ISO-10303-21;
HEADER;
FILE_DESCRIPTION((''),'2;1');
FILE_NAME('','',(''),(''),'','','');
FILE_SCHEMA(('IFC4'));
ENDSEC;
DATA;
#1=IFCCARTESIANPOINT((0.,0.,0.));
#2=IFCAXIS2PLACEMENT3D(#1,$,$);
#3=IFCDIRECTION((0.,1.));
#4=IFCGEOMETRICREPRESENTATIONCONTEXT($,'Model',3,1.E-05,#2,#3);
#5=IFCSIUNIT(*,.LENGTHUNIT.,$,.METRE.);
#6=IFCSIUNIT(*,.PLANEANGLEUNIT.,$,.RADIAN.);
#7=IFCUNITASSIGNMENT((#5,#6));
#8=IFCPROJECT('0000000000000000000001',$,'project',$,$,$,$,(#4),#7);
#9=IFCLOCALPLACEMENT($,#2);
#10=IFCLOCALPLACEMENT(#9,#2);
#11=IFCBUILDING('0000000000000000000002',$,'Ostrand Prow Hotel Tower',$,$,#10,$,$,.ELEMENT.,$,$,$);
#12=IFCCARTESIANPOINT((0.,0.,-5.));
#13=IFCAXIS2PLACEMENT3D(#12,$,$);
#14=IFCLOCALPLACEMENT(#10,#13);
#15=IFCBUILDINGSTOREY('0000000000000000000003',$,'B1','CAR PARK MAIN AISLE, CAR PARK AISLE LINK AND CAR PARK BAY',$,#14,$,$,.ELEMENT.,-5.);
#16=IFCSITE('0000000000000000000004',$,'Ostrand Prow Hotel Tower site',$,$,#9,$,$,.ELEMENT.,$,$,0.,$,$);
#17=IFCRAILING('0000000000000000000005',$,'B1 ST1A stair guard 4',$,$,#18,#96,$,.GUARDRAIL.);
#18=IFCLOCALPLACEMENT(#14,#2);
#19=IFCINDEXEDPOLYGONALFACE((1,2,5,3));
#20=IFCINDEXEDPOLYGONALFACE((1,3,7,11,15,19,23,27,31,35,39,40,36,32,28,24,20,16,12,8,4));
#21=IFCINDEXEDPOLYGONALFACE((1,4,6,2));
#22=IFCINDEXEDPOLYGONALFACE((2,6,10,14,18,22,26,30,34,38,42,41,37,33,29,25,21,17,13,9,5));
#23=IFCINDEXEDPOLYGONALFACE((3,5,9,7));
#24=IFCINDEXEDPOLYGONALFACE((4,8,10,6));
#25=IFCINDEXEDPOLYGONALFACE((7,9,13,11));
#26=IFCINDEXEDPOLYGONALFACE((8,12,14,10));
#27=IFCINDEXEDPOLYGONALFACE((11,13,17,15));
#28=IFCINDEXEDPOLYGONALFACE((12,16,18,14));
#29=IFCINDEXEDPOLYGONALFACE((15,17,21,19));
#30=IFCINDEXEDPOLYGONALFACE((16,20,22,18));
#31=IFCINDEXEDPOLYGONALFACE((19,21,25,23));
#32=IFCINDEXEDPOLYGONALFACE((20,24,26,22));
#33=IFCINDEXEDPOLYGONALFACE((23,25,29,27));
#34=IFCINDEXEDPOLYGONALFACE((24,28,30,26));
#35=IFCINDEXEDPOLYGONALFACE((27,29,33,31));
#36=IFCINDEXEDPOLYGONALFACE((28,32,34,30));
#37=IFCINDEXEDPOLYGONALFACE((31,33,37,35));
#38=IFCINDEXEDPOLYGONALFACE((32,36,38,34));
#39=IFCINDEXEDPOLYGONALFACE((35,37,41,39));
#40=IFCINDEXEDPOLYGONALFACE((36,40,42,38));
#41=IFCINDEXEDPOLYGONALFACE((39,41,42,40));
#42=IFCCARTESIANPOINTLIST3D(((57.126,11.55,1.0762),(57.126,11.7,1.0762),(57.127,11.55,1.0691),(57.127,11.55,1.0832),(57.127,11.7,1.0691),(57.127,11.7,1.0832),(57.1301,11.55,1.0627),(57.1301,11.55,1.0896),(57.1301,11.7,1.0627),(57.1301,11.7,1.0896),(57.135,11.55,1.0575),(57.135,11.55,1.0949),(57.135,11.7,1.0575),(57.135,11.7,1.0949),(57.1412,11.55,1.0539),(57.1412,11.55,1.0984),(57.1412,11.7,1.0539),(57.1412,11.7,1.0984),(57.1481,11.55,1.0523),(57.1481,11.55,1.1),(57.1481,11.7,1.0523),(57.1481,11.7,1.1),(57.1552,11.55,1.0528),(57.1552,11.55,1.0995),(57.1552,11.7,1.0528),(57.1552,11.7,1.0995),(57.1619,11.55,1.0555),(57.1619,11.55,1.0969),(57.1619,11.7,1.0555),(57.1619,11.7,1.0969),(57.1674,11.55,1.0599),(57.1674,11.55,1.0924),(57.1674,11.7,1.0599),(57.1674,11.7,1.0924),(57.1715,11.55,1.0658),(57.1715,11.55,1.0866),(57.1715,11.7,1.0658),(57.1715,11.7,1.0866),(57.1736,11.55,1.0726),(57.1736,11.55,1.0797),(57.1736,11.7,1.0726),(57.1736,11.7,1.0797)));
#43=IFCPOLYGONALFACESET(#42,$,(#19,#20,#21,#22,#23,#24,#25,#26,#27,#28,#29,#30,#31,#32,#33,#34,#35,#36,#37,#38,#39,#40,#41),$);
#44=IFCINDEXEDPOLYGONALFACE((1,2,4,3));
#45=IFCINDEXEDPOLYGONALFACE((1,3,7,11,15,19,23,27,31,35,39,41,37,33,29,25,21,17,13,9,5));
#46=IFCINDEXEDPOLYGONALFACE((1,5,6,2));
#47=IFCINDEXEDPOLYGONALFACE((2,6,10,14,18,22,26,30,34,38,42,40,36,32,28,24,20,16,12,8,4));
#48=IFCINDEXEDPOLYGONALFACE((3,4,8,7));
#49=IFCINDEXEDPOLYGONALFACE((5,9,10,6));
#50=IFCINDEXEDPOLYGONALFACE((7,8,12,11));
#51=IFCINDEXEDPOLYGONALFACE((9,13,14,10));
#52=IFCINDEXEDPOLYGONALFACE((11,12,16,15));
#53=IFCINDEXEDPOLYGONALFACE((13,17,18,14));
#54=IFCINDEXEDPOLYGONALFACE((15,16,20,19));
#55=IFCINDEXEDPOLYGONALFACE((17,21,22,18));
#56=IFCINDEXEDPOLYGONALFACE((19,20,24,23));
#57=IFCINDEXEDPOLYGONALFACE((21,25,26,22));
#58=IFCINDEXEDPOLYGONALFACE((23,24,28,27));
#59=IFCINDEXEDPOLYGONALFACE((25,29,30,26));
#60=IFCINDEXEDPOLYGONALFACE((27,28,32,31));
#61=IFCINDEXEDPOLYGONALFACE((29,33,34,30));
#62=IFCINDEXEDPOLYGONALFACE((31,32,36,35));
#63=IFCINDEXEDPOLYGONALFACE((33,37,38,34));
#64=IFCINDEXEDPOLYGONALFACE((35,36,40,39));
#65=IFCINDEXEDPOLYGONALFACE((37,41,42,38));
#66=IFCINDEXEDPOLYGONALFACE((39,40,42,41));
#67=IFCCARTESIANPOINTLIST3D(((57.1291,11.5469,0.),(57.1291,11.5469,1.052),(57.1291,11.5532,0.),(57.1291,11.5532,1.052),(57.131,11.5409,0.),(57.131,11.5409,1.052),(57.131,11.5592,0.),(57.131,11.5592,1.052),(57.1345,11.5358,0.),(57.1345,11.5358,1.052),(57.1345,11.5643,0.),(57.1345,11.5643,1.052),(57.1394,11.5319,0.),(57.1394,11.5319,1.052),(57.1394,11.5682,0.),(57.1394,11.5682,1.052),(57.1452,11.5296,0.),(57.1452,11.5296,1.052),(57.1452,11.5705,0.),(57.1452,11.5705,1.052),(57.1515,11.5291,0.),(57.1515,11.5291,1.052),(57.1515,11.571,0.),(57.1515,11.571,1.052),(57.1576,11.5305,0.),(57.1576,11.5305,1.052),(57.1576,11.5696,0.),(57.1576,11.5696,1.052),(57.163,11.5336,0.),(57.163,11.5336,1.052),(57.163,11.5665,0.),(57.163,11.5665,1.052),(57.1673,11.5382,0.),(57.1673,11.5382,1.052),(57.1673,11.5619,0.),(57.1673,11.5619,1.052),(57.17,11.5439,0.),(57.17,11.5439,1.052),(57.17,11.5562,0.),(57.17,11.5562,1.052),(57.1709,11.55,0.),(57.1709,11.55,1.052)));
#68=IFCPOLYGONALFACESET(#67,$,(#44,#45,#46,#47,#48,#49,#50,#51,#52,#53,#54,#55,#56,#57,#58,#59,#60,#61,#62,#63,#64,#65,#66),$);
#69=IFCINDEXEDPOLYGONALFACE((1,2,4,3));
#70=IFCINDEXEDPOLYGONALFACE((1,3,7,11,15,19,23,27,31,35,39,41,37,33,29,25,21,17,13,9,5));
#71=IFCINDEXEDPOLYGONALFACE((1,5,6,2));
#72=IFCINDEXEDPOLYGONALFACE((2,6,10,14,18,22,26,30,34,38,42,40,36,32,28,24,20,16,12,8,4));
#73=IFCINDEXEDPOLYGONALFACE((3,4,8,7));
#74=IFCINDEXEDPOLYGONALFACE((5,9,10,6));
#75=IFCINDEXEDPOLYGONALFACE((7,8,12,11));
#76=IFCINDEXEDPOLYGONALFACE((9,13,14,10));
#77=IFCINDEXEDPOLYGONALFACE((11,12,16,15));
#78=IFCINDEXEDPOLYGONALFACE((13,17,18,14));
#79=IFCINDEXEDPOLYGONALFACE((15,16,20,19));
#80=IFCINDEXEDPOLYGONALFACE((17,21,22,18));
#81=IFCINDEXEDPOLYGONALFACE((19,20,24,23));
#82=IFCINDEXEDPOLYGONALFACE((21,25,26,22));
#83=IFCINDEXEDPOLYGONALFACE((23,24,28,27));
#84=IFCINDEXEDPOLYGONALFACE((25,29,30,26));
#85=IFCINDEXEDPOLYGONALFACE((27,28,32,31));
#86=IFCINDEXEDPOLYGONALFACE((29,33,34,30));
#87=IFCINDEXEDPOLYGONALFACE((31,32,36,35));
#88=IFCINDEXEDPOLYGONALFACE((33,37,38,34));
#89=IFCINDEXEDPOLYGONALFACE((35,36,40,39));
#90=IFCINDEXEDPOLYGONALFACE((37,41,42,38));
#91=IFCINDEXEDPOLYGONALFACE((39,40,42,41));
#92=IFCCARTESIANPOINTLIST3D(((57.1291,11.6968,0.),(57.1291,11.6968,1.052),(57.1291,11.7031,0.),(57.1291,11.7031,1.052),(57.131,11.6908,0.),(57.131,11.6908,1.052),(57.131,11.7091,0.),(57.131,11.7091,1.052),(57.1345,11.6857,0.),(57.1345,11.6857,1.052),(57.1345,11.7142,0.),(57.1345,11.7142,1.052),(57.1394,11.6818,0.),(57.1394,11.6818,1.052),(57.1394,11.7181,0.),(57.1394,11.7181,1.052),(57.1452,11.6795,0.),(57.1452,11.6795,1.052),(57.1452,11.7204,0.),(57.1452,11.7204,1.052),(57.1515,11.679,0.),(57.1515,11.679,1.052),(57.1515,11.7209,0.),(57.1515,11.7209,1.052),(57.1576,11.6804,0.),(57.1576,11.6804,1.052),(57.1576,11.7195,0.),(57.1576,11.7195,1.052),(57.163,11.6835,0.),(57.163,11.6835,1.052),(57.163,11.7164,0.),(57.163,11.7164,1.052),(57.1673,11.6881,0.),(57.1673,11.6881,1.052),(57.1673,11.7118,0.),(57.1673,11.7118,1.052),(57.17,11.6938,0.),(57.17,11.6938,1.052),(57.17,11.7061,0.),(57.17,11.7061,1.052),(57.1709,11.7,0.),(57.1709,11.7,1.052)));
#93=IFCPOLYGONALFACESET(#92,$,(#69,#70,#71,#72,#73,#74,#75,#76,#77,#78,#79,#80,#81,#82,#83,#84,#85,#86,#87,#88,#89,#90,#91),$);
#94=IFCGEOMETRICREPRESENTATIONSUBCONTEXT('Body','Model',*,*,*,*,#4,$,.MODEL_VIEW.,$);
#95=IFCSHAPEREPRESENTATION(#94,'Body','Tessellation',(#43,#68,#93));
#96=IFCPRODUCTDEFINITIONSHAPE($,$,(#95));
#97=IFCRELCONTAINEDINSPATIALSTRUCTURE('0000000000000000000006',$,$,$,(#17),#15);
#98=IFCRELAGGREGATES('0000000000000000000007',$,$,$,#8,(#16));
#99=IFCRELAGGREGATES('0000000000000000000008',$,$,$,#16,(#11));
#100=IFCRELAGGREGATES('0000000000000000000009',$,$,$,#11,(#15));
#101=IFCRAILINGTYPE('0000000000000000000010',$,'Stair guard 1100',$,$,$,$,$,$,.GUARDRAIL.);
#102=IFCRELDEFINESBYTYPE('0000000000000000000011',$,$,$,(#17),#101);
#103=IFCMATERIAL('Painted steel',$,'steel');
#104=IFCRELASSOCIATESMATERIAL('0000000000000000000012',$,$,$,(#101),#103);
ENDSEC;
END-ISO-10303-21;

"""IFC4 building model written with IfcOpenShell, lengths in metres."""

from ifc_helpers import new_model, si_unit, direction, frame, origin, origin_2d, place, context, subcontext, project, spatial, circle, extrude, material, type_object, element, save


model = new_model("IFC4")

# Units and contexts
model_context = context("Model", 3, precision=1e-05, world=origin(), true_north=direction((0.0, 1.0)))
body_context = subcontext(model_context, "Body", "Model", "MODEL_VIEW")
ifc_project = project(units=[si_unit("LENGTHUNIT", "METRE"), si_unit("PLANEANGLEUNIT", "RADIAN")], contexts=[model_context])

# Site, building, storey
site_placement = place(None, origin())
site = spatial("IfcSite", under=ifc_project, at=site_placement, Name="Ostrand Prow Hotel Tower site", CompositionType="ELEMENT", RefElevation=0.0)
building_placement = place(site_placement, origin())
building = spatial("IfcBuilding", under=site, at=building_placement, Name="Ostrand Prow Hotel Tower", CompositionType="ELEMENT")
storey_placement = place(building_placement, frame((0.0, 0.0, -5.0)))
storey = spatial("IfcBuildingStorey", under=building, at=storey_placement, Name="B1", Description="CAR PARK MAIN AISLE, CAR PARK AISLE LINK AND CAR PARK BAY", CompositionType="ELEMENT", Elevation=-5.0)

# Railing
ifc_material_1 = material(Name="Painted steel", Category="steel")
railing_type_1 = type_object("IfcRailingType", Name="Stair guard 1100", PredefinedType="GUARDRAIL", material=ifc_material_1)
railing_1_placement = place(storey_placement, frame((57.1499, 11.55, 0.0)))
element("IfcRailing", 1, at=railing_1_placement, inside=storey, type_object=railing_type_1, Name="B1 ST1A stair guard 4", PredefinedType="GUARDRAIL", context=body_context, shape_type="SweptSolid", body=[
    extrude(circle(Radius=0.0239, at=origin_2d()), frame((0.0, 0.0, 1.0762), z_axis=(0.0, 1.0, 0.0), x_axis=(-1.0, 0.0, 0.0)), (0.0, 0.0, 1.0), 0.1499),
    extrude(circle(Radius=0.021, at=origin_2d()), origin(), (0.0, 0.0, 1.0), 1.052),
    extrude(circle(Radius=0.021, at=origin_2d()), frame((0.0, 0.1499, 0.0)), (0.0, 0.0, 1.0), 1.052),
])

save(model, "model.ifc")
